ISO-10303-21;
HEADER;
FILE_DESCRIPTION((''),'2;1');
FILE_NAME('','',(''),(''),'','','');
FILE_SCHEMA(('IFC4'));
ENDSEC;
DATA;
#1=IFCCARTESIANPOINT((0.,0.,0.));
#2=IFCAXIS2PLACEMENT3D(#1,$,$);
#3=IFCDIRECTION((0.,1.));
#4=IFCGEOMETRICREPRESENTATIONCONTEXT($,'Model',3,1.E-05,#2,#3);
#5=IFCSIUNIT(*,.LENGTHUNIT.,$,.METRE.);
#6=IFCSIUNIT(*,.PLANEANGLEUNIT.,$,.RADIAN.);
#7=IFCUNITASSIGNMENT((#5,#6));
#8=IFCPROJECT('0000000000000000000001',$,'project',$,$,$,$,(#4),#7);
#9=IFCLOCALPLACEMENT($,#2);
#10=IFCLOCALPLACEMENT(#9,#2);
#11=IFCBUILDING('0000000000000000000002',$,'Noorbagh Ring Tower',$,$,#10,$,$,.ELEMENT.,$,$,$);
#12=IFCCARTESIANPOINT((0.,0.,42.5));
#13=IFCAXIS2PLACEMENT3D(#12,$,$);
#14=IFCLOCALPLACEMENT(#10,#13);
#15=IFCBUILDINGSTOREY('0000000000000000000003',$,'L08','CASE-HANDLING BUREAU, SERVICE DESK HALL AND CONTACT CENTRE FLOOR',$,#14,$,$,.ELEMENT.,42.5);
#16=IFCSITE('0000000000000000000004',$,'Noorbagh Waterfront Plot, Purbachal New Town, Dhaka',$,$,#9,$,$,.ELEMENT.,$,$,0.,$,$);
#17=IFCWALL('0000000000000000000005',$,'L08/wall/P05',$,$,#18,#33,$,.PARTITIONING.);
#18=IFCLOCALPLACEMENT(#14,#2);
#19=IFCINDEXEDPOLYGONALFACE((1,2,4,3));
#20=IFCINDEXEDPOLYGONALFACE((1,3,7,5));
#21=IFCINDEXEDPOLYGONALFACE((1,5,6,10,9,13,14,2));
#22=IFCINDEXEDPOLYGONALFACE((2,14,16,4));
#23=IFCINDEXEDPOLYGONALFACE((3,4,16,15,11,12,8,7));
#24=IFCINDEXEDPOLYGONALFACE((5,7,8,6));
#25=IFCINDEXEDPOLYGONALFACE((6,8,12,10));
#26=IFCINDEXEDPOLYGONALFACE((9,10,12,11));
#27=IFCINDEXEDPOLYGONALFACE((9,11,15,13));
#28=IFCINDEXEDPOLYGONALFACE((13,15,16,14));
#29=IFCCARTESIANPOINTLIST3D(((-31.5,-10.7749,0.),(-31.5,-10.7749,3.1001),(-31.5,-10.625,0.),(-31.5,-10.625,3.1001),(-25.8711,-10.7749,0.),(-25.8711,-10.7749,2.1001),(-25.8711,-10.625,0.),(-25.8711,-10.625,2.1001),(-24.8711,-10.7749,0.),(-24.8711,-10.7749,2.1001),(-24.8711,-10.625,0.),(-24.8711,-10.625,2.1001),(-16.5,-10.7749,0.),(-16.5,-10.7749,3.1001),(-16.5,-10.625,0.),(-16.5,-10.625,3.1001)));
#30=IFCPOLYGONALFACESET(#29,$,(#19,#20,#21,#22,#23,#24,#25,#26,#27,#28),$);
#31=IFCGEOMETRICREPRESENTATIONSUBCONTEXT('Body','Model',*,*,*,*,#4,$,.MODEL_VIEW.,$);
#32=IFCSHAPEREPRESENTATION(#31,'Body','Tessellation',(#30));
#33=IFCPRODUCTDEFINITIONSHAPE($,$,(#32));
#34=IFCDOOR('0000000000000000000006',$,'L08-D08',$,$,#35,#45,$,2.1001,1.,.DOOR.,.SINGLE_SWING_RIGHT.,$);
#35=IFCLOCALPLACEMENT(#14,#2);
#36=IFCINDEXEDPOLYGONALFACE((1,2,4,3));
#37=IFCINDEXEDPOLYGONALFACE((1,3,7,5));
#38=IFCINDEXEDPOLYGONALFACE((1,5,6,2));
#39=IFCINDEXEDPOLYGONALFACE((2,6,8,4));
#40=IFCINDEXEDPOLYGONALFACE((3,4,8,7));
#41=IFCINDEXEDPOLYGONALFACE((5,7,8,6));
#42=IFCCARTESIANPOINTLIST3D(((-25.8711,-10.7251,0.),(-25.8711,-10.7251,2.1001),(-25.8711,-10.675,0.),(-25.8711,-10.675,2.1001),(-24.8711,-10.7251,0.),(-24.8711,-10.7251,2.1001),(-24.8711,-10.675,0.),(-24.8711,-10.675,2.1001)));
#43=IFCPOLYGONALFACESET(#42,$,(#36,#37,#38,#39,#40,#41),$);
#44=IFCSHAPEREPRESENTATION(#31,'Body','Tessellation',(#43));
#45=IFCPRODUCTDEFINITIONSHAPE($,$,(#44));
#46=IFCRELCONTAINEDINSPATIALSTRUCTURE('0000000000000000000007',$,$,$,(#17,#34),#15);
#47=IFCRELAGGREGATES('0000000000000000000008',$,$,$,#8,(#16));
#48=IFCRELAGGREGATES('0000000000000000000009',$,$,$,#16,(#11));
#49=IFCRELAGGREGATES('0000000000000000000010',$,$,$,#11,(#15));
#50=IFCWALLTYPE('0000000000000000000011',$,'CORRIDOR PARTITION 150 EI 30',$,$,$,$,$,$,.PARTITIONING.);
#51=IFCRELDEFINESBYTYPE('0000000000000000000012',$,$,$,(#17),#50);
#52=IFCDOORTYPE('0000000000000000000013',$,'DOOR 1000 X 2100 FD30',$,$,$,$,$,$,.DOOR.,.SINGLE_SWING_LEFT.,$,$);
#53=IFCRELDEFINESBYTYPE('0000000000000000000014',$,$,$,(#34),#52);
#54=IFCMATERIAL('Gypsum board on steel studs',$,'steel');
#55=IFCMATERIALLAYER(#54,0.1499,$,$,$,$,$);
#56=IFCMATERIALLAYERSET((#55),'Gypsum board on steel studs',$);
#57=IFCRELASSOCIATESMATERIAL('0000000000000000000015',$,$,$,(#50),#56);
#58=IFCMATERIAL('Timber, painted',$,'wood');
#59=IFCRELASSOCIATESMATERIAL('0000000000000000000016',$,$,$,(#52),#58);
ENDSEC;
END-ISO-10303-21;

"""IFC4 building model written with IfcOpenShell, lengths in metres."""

from ifc_helpers import new_model, si_unit, direction, frame, frame_2d, origin, place, context, subcontext, project, spatial, rectangle, extrude, material, layer, layer_set, type_object, element, fill, save


model = new_model("IFC4")

# Units and contexts
model_context = context("Model", 3, precision=1e-05, world=origin(), true_north=direction((0.0, 1.0)))
body_context = subcontext(model_context, "Body", "Model", "MODEL_VIEW")
ifc_project = project(units=[si_unit("LENGTHUNIT", "METRE"), si_unit("PLANEANGLEUNIT", "RADIAN")], contexts=[model_context])

# Site, building, storey
site_placement = place(None, origin())
site = spatial("IfcSite", under=ifc_project, at=site_placement, Name="Noorbagh Waterfront Plot, Purbachal New Town, Dhaka", CompositionType="ELEMENT", RefElevation=0.0)
building_placement = place(site_placement, origin())
building = spatial("IfcBuilding", under=site, at=building_placement, Name="Noorbagh Ring Tower", CompositionType="ELEMENT")
storey_placement = place(building_placement, frame((0.0, 0.0, 42.5)))
storey = spatial("IfcBuildingStorey", under=building, at=storey_placement, Name="L08", Description="CASE-HANDLING BUREAU, SERVICE DESK HALL AND CONTACT CENTRE FLOOR", CompositionType="ELEMENT", Elevation=42.5)

# Wall, opening, door
ifc_material_1 = material(Name="Gypsum board on steel studs", Category="steel")
ifc_layer_1 = layer(ifc_material_1, 0.1499)
ifc_layer_set_1 = layer_set([ifc_layer_1], Name="Gypsum board on steel studs")
wall_type_1 = type_object("IfcWallType", Name="CORRIDOR PARTITION 150 EI 30", PredefinedType="PARTITIONING", material=ifc_layer_set_1)
ifc_material_2 = material(Name="Timber, painted", Category="wood")
door_type = type_object("IfcDoorType", Name="DOOR 1000 X 2100 FD30", OperationType="SINGLE_SWING_LEFT", PredefinedType="DOOR", material=ifc_material_2)
wall_1_placement = place(storey_placement, frame((-31.5, -10.7, 0.0), z_axis=(0.0, 0.0, 1.0), x_axis=(1.0, 0.0, 0.0)))
wall_1 = element("IfcWall", 1, at=wall_1_placement, inside=storey, type_object=wall_type_1, Name="L08/wall/P05", PredefinedType="PARTITIONING", context=body_context, shape_type="SweptSolid", body=[
    extrude(rectangle(XDim=15.0, YDim=0.1499, at=frame_2d((7.5, 0.0))), origin(), (0.0, 0.0, 1.0), 3.1001),
])
opening_1_placement = place(wall_1_placement, frame((5.6289, 0.0, 0.0)))
opening_1 = element("IfcOpeningElement", 2, at=opening_1_placement, cuts=wall_1, PredefinedType="OPENING", context=body_context, shape_type="SweptSolid", body=[
    extrude(rectangle(XDim=1.0, YDim=2.1001, at=frame_2d((0.5, 1.05))), frame((0.0, 0.085, 0.0), z_axis=(0.0, -1.0, 0.0), x_axis=(1.0, 0.0, 0.0)), (0.0, 0.0, 1.0), 0.1699),
])
door_1_placement = place(opening_1_placement, origin())
door_1 = element("IfcDoor", 3, at=door_1_placement, inside=storey, type_object=door_type, Name="L08-D08", OperationType="SINGLE_SWING_RIGHT", OverallHeight=2.1001, OverallWidth=1.0, PredefinedType="DOOR", context=body_context, shape_type="SweptSolid", body=[
    extrude(rectangle(XDim=1.0, YDim=2.1001, at=frame_2d((0.5, 1.05))), frame((0.0, 0.0249, 0.0), z_axis=(0.0, -1.0, 0.0), x_axis=(1.0, 0.0, 0.0)), (0.0, 0.0, 1.0), 0.05),
])
fill(opening_1, door_1)

save(model, "model.ifc")
